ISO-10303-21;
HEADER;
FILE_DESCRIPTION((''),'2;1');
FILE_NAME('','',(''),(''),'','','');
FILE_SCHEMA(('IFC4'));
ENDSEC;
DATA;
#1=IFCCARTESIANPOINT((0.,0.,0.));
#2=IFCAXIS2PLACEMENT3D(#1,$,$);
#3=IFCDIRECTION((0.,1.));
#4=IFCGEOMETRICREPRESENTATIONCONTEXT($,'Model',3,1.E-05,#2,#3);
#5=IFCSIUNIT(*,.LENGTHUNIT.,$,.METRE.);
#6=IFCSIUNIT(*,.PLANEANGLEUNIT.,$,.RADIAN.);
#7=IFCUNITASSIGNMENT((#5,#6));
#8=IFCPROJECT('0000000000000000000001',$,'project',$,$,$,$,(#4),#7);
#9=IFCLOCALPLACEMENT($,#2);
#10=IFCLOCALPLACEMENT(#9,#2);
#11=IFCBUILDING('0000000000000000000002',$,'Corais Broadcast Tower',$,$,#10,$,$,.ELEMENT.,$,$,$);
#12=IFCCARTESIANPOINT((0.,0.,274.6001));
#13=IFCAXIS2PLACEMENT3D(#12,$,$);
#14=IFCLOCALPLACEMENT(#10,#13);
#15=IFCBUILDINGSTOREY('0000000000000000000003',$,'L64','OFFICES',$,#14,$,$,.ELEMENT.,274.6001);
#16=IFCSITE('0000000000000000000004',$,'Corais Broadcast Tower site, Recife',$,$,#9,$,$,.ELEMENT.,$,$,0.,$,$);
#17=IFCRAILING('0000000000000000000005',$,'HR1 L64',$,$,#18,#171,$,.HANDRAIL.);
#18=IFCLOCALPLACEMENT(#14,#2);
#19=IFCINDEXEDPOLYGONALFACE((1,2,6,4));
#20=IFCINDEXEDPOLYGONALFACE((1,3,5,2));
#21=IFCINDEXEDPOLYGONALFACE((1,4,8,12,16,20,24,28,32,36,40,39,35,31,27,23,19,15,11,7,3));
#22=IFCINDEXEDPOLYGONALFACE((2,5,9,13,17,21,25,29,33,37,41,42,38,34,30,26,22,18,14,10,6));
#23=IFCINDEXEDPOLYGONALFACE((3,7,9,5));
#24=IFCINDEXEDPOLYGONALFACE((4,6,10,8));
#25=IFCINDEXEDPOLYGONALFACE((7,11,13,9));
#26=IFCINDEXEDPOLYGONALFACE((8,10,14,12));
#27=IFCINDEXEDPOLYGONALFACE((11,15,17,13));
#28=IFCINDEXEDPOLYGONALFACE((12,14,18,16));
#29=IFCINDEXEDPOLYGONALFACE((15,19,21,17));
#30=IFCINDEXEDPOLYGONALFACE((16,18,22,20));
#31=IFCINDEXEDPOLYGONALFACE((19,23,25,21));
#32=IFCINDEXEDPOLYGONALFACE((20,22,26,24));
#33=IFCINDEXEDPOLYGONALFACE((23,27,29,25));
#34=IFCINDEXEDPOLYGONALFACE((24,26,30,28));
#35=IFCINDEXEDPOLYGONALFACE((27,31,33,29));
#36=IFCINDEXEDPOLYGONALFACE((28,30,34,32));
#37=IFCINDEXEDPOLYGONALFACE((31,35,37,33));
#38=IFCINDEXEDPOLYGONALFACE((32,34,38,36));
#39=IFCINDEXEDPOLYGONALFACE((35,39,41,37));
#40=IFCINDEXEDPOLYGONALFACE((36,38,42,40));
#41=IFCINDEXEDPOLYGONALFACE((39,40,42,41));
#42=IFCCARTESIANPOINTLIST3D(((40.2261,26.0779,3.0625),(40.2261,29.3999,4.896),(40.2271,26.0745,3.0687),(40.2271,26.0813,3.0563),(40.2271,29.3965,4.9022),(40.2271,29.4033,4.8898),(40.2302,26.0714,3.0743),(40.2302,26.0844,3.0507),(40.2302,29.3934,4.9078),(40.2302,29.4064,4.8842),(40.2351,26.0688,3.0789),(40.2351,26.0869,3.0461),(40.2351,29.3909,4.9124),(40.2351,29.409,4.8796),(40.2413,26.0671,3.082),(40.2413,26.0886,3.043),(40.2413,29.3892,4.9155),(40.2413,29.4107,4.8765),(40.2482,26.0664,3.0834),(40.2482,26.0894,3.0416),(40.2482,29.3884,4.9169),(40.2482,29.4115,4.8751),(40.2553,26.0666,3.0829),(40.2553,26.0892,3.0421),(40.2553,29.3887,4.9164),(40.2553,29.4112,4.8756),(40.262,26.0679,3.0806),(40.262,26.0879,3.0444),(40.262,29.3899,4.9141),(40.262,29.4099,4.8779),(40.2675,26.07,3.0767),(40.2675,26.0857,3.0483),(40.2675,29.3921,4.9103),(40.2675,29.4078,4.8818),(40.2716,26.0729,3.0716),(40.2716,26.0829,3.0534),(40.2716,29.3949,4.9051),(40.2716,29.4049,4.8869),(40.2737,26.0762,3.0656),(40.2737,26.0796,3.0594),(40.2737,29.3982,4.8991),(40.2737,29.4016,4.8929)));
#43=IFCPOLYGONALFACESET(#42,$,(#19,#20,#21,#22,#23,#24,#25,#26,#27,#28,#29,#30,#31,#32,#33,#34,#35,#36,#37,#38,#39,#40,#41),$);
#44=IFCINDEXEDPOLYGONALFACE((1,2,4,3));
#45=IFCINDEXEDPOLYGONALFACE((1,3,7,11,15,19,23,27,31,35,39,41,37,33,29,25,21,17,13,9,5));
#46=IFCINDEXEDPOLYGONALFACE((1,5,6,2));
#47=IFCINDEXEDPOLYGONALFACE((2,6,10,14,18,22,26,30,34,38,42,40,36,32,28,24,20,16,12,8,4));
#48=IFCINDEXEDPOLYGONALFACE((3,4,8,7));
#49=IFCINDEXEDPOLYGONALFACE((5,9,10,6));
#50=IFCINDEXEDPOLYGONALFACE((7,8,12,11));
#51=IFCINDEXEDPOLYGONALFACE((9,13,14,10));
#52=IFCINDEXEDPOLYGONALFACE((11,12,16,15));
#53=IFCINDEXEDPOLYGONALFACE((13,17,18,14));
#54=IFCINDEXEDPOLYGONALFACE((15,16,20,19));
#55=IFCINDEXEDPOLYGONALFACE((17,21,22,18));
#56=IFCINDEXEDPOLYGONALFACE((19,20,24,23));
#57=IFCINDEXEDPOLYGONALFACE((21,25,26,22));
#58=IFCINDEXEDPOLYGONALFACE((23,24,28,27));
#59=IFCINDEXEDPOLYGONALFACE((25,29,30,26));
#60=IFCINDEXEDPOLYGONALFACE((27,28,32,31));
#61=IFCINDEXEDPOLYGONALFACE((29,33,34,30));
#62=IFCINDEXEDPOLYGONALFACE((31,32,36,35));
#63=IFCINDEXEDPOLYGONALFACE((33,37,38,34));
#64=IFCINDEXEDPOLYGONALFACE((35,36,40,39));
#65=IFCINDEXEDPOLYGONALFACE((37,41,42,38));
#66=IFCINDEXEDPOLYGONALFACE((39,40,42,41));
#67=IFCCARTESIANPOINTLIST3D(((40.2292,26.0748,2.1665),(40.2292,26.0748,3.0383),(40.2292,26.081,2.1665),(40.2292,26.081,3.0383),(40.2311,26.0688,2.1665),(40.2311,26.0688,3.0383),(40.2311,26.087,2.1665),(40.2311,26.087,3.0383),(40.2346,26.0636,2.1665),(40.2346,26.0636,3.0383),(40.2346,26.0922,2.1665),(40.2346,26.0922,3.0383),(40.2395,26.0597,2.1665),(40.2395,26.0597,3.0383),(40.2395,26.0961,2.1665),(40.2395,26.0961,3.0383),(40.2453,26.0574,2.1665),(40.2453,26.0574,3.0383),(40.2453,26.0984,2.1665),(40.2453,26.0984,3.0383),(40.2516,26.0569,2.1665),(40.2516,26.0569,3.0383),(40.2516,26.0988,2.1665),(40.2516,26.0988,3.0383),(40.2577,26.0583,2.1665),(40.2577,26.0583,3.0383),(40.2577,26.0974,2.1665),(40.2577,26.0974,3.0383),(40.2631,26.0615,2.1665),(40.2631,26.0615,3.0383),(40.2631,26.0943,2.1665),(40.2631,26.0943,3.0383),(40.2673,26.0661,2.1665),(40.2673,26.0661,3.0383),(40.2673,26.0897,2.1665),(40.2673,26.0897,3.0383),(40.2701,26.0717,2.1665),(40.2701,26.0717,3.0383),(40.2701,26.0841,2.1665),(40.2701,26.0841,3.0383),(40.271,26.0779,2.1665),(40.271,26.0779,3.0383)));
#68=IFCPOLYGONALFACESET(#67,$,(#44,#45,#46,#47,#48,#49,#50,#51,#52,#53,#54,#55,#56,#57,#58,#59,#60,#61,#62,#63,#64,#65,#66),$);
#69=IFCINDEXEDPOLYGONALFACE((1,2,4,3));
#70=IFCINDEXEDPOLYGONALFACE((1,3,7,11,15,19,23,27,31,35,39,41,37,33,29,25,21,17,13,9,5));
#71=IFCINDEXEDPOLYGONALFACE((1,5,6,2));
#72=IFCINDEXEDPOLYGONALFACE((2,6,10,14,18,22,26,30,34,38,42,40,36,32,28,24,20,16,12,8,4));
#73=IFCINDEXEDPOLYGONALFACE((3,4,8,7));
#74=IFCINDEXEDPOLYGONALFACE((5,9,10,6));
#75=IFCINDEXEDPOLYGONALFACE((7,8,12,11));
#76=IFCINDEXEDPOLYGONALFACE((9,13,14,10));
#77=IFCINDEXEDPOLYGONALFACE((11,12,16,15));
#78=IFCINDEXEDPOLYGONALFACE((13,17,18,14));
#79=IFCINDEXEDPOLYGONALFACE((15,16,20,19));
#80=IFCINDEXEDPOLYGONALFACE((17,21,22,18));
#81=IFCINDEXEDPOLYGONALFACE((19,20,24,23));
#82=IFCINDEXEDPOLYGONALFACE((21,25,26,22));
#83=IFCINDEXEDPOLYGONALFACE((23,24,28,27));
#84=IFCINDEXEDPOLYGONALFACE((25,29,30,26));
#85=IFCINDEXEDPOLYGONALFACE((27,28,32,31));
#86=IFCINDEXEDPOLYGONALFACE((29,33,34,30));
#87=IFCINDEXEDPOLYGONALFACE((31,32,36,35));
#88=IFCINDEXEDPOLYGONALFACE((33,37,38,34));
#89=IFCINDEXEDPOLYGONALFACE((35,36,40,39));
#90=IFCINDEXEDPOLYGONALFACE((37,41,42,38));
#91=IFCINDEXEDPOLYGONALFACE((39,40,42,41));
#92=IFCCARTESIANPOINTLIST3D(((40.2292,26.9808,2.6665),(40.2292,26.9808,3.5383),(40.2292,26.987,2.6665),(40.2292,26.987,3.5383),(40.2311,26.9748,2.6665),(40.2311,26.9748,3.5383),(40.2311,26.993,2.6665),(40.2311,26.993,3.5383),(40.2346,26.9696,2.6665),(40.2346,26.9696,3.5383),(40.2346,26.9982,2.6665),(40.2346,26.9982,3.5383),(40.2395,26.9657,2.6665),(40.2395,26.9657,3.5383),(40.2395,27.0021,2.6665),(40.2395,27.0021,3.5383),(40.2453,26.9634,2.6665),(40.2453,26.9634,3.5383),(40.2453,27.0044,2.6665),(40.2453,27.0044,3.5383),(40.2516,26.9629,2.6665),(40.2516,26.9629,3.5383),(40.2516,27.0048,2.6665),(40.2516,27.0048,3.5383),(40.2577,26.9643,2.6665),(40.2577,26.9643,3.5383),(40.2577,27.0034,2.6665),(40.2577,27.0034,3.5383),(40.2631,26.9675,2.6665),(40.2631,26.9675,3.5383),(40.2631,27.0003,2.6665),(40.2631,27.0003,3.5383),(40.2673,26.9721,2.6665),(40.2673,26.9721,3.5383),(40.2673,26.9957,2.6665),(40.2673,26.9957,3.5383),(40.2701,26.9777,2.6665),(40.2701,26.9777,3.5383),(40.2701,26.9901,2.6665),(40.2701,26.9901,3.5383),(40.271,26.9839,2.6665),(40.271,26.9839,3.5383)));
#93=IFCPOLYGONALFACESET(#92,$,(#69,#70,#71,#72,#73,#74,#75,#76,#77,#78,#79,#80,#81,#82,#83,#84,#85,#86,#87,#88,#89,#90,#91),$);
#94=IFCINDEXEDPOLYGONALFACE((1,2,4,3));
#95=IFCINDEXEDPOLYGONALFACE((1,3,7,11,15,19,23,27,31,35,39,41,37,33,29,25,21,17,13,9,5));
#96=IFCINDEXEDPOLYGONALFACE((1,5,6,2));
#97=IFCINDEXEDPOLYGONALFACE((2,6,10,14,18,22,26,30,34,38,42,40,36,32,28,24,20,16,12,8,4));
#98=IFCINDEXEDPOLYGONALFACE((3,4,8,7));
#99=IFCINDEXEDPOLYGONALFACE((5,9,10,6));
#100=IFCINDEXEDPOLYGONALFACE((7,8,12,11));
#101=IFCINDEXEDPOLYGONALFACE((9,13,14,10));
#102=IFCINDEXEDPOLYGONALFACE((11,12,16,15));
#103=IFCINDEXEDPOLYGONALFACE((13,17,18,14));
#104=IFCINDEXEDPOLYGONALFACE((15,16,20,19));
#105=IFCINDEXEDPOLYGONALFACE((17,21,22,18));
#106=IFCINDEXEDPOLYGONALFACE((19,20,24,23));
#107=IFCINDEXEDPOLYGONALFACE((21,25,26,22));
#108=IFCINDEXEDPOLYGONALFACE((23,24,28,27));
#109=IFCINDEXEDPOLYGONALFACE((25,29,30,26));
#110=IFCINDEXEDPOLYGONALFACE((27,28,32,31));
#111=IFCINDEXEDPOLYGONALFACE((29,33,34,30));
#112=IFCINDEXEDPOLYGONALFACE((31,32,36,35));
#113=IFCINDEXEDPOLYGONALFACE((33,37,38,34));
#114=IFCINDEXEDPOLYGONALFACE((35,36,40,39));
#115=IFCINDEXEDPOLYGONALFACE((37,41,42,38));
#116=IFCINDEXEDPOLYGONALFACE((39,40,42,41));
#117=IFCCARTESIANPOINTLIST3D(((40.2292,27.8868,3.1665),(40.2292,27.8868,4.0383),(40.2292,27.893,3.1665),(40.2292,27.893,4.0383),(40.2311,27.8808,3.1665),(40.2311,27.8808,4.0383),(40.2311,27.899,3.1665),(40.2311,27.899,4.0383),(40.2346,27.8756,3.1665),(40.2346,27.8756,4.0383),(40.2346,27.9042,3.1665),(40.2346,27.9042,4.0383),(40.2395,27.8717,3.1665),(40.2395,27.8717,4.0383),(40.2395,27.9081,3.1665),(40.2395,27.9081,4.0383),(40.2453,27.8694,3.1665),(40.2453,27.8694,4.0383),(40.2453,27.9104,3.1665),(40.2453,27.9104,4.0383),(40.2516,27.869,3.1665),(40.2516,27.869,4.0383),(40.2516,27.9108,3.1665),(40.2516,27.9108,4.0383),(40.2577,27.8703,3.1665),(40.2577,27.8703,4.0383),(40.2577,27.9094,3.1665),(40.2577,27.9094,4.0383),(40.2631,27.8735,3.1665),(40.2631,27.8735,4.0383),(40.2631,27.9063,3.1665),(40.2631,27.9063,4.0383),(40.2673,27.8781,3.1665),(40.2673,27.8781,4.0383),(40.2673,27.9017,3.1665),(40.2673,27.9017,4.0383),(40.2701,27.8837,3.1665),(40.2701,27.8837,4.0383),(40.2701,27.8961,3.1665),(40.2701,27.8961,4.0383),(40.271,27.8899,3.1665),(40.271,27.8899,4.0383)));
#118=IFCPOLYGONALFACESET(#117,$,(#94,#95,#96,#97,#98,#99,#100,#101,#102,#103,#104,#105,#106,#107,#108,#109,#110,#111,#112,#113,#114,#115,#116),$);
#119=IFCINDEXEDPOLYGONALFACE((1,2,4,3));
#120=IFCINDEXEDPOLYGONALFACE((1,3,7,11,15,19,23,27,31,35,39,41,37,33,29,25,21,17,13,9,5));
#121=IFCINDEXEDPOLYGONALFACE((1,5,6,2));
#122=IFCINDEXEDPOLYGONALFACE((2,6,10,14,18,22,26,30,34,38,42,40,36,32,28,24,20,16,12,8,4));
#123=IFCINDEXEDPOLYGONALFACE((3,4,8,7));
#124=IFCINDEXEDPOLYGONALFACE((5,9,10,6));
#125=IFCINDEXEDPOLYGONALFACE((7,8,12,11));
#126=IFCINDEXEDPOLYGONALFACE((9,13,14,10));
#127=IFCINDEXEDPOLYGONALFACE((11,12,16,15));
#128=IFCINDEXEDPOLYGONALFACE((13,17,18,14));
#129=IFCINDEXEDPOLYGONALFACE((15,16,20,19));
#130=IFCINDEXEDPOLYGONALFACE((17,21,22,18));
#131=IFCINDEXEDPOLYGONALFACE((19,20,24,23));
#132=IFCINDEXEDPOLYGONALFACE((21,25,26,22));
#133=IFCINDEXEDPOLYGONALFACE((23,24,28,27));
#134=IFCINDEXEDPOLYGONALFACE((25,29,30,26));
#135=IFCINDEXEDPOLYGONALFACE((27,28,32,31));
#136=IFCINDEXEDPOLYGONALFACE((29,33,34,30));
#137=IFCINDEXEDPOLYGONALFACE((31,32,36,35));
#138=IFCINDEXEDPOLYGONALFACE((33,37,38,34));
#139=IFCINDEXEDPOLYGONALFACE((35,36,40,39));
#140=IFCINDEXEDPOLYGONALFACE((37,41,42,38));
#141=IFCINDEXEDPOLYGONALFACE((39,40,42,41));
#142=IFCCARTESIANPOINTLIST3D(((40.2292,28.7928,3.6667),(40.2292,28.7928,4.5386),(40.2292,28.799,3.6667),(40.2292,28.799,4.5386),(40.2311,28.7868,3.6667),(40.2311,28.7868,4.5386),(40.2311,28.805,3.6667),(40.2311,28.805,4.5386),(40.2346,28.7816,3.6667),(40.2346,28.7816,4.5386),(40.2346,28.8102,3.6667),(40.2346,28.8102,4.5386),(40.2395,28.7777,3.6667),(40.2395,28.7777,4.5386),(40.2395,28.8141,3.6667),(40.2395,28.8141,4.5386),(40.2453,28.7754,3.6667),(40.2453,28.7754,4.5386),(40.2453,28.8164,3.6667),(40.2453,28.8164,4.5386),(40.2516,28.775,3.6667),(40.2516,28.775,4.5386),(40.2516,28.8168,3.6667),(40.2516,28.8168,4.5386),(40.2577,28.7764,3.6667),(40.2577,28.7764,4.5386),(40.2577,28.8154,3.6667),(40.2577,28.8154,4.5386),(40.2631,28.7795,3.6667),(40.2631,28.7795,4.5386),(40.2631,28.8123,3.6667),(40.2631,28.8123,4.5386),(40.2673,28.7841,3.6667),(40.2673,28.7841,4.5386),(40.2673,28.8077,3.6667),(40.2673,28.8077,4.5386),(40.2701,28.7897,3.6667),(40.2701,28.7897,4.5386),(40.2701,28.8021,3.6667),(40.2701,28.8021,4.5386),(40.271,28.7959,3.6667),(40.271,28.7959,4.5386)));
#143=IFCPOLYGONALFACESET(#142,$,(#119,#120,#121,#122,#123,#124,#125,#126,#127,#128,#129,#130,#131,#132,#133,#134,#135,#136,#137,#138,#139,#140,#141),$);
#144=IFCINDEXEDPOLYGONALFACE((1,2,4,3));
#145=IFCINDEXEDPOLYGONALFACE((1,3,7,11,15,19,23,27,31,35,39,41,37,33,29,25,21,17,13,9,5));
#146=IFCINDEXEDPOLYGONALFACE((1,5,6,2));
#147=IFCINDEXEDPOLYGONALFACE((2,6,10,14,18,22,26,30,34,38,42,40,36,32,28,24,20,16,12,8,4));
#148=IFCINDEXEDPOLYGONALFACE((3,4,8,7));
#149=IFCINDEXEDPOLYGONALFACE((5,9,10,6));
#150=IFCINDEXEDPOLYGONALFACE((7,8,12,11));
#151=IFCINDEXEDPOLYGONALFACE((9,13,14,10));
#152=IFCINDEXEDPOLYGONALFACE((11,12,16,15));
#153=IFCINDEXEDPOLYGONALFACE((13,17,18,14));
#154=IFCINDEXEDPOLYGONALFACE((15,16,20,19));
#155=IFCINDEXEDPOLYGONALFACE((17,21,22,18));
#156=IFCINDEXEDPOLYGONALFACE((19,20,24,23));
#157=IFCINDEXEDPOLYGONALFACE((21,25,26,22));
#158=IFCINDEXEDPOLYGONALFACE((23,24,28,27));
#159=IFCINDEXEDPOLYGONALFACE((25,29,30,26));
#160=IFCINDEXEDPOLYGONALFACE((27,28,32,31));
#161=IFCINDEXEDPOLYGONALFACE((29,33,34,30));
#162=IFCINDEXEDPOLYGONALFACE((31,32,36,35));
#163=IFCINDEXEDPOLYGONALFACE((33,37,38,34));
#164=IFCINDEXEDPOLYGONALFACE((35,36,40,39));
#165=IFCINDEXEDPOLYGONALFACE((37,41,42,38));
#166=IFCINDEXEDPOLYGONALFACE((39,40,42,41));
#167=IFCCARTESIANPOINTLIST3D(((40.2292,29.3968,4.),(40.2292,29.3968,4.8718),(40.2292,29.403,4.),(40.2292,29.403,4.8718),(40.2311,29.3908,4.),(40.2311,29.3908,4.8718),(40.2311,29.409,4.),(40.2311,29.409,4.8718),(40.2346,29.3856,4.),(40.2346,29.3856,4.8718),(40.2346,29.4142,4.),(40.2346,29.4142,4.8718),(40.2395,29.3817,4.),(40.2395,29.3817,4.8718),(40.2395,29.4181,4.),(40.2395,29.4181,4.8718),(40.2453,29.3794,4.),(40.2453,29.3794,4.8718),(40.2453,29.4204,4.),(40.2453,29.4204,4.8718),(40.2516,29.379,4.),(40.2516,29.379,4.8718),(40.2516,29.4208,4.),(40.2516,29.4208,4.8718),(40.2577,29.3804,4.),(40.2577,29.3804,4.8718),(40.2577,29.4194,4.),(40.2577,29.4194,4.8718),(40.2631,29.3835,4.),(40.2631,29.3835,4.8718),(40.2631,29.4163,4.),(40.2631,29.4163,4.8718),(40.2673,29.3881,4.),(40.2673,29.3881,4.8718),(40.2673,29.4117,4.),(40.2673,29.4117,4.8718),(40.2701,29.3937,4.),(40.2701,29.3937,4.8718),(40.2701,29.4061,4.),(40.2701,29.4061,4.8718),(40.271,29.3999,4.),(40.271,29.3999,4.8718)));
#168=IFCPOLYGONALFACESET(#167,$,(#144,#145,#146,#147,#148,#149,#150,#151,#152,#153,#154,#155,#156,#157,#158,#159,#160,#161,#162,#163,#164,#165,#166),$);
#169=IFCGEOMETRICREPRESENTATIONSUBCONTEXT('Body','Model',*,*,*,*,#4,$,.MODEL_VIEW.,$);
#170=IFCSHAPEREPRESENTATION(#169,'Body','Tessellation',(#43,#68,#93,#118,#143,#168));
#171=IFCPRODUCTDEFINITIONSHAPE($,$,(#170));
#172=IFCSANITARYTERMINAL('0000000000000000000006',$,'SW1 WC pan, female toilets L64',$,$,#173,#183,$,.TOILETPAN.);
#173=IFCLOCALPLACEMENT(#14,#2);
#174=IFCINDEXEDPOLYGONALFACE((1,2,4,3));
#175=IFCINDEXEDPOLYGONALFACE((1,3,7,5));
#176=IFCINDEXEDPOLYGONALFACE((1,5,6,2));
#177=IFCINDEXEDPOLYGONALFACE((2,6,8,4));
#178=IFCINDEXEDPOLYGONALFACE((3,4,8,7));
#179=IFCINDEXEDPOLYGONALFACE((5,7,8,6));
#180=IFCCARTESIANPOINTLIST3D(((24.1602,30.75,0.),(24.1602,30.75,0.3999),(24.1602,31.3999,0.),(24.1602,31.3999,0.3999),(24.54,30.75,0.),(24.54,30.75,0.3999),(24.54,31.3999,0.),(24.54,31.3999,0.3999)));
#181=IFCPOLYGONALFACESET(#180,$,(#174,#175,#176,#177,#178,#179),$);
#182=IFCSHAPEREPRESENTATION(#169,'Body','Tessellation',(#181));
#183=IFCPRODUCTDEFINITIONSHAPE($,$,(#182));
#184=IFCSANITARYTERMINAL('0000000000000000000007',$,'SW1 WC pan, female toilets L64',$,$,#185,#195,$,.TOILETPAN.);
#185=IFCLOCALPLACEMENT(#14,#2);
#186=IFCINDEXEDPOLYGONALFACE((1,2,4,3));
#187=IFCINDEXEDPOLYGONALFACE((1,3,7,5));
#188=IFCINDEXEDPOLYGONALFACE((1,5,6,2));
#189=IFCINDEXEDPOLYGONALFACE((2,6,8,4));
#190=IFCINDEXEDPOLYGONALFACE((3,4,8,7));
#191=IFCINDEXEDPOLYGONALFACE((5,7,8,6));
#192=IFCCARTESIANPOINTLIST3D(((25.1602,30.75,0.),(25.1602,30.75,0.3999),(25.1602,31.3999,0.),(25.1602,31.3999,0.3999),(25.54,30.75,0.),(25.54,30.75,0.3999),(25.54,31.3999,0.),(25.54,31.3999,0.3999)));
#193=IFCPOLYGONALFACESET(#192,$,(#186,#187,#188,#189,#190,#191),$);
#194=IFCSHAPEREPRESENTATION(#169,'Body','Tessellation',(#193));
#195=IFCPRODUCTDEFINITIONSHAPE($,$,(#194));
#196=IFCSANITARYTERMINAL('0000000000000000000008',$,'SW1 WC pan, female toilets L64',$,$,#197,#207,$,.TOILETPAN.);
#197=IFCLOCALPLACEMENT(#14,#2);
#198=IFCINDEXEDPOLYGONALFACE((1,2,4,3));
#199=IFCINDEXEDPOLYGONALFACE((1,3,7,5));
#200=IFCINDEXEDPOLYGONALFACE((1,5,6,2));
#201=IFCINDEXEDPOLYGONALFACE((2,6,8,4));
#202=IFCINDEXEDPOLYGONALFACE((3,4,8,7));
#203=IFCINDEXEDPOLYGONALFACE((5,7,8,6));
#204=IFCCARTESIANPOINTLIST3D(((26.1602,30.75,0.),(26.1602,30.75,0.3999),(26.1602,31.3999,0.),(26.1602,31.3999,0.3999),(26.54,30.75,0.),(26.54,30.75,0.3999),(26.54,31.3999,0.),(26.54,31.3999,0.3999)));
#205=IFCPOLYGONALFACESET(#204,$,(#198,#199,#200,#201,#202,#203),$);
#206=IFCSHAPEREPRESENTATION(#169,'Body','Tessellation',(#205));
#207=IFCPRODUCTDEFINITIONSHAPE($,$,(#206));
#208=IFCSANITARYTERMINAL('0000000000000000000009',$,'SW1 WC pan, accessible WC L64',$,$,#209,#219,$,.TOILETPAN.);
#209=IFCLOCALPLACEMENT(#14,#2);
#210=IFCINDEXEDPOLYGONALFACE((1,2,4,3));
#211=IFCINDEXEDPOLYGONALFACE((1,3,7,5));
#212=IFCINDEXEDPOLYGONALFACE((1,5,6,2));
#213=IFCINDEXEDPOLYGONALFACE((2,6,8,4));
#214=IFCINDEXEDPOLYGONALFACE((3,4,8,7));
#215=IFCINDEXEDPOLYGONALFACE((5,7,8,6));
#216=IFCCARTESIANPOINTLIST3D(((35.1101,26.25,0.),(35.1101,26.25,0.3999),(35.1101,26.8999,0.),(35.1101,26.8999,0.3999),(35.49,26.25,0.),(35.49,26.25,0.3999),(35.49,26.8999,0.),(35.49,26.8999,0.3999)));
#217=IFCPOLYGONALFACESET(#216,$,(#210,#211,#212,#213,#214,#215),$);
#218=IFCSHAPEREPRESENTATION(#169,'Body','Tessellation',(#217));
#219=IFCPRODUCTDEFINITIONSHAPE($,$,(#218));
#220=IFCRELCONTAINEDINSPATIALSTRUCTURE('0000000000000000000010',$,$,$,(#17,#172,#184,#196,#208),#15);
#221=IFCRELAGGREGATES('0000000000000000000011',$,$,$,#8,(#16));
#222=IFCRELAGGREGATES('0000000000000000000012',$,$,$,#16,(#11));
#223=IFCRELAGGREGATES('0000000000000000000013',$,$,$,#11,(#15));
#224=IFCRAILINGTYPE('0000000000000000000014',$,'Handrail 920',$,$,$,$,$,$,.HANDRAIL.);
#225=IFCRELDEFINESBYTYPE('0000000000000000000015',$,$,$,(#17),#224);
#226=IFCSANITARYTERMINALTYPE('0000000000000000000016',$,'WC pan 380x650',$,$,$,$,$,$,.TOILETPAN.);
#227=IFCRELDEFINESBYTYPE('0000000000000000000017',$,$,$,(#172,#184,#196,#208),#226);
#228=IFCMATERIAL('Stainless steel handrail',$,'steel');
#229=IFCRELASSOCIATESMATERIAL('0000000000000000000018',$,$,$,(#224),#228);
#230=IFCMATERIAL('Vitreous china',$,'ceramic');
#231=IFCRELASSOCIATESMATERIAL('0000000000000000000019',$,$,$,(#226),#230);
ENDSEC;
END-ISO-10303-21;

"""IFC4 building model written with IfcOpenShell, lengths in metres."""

from ifc_helpers import new_model, si_unit, direction, frame, origin, origin_2d, place, context, subcontext, project, spatial, rectangle, circle, extrude, material, type_object, element, save


model = new_model("IFC4")

# Units and contexts
model_context = context("Model", 3, precision=1e-05, world=origin(), true_north=direction((0.0, 1.0)))
body_context = subcontext(model_context, "Body", "Model", "MODEL_VIEW")
ifc_project = project(units=[si_unit("LENGTHUNIT", "METRE"), si_unit("PLANEANGLEUNIT", "RADIAN")], contexts=[model_context])

# Site, building, storey
site_placement = place(None, origin())
site = spatial("IfcSite", under=ifc_project, at=site_placement, Name="Corais Broadcast Tower site, Recife", CompositionType="ELEMENT", RefElevation=0.0)
building_placement = place(site_placement, origin())
building = spatial("IfcBuilding", under=site, at=building_placement, Name="Corais Broadcast Tower", CompositionType="ELEMENT")
storey_placement = place(building_placement, frame((0.0, 0.0, 274.6001)))
storey = spatial("IfcBuildingStorey", under=building, at=storey_placement, Name="L64", Description="OFFICES", CompositionType="ELEMENT", Elevation=274.6001)

# Railing
ifc_material_1 = material(Name="Stainless steel handrail", Category="steel")
railing_type = type_object("IfcRailingType", Name="Handrail 920", PredefinedType="HANDRAIL", material=ifc_material_1)
railing_placement = place(storey_placement, frame((40.25, 26.0779, 2.1665)))
element("IfcRailing", 1, at=railing_placement, inside=storey, type_object=railing_type, Name="HR1 L64", PredefinedType="HANDRAIL", context=body_context, shape_type="SweptSolid", body=[
    extrude(circle(Radius=0.0239, at=origin_2d()), frame((0.0, 0.0, 0.896), z_axis=(0.0, 0.875504, 0.48321), x_axis=(-1.0, 0.0, 0.0)), (0.0, 0.0, 1.0), 3.7944),
    extrude(circle(Radius=0.021, at=origin_2d()), origin(), (0.0, 0.0, 1.0), 0.8718),
    extrude(circle(Radius=0.021, at=origin_2d()), frame((0.0, 0.906, 0.5)), (0.0, 0.0, 1.0), 0.8718),
    extrude(circle(Radius=0.021, at=origin_2d()), frame((0.0, 1.812, 1.0)), (0.0, 0.0, 1.0), 0.8718),
    extrude(circle(Radius=0.021, at=origin_2d()), frame((0.0, 2.718, 1.5002)), (0.0, 0.0, 1.0), 0.8718),
    extrude(circle(Radius=0.021, at=origin_2d()), frame((0.0, 3.322, 1.8335)), (0.0, 0.0, 1.0), 0.8718),
])

# Sanitary terminals
ifc_material_2 = material(Name="Vitreous china", Category="ceramic")
sanitary_terminal_type_1 = type_object("IfcSanitaryTerminalType", Name="WC pan 380x650", PredefinedType="TOILETPAN", material=ifc_material_2)
for number, where, z_axis, x_axis, name in (
    (2, (24.3501, 31.075, 0.0), (0.0, 0.0, 1.0), (1.0, 0.0, 0.0), "SW1 WC pan, female toilets L64"),
    (3, (25.3501, 31.075, 0.0), (0.0, 0.0, 1.0), (1.0, 0.0, 0.0), "SW1 WC pan, female toilets L64"),
    (4, (26.3501, 31.075, 0.0), (0.0, 0.0, 1.0), (1.0, 0.0, 0.0), "SW1 WC pan, female toilets L64"),
    (5, (35.3, 26.575, 0.0), (0.0, 0.0, 1.0), (1.0, 0.0, 0.0), "SW1 WC pan, accessible WC L64"),
):
    element("IfcSanitaryTerminal", number, at=place(storey_placement, frame(where, z_axis=z_axis, x_axis=x_axis)), inside=storey, type_object=sanitary_terminal_type_1, Name=name, PredefinedType="TOILETPAN", context=body_context, shape_type="SweptSolid", body=[
        extrude(rectangle(XDim=0.3799, YDim=0.6499, at=origin_2d()), origin(), (0.0, 0.0, 1.0), 0.3999),
    ])

save(model, "model.ifc")
